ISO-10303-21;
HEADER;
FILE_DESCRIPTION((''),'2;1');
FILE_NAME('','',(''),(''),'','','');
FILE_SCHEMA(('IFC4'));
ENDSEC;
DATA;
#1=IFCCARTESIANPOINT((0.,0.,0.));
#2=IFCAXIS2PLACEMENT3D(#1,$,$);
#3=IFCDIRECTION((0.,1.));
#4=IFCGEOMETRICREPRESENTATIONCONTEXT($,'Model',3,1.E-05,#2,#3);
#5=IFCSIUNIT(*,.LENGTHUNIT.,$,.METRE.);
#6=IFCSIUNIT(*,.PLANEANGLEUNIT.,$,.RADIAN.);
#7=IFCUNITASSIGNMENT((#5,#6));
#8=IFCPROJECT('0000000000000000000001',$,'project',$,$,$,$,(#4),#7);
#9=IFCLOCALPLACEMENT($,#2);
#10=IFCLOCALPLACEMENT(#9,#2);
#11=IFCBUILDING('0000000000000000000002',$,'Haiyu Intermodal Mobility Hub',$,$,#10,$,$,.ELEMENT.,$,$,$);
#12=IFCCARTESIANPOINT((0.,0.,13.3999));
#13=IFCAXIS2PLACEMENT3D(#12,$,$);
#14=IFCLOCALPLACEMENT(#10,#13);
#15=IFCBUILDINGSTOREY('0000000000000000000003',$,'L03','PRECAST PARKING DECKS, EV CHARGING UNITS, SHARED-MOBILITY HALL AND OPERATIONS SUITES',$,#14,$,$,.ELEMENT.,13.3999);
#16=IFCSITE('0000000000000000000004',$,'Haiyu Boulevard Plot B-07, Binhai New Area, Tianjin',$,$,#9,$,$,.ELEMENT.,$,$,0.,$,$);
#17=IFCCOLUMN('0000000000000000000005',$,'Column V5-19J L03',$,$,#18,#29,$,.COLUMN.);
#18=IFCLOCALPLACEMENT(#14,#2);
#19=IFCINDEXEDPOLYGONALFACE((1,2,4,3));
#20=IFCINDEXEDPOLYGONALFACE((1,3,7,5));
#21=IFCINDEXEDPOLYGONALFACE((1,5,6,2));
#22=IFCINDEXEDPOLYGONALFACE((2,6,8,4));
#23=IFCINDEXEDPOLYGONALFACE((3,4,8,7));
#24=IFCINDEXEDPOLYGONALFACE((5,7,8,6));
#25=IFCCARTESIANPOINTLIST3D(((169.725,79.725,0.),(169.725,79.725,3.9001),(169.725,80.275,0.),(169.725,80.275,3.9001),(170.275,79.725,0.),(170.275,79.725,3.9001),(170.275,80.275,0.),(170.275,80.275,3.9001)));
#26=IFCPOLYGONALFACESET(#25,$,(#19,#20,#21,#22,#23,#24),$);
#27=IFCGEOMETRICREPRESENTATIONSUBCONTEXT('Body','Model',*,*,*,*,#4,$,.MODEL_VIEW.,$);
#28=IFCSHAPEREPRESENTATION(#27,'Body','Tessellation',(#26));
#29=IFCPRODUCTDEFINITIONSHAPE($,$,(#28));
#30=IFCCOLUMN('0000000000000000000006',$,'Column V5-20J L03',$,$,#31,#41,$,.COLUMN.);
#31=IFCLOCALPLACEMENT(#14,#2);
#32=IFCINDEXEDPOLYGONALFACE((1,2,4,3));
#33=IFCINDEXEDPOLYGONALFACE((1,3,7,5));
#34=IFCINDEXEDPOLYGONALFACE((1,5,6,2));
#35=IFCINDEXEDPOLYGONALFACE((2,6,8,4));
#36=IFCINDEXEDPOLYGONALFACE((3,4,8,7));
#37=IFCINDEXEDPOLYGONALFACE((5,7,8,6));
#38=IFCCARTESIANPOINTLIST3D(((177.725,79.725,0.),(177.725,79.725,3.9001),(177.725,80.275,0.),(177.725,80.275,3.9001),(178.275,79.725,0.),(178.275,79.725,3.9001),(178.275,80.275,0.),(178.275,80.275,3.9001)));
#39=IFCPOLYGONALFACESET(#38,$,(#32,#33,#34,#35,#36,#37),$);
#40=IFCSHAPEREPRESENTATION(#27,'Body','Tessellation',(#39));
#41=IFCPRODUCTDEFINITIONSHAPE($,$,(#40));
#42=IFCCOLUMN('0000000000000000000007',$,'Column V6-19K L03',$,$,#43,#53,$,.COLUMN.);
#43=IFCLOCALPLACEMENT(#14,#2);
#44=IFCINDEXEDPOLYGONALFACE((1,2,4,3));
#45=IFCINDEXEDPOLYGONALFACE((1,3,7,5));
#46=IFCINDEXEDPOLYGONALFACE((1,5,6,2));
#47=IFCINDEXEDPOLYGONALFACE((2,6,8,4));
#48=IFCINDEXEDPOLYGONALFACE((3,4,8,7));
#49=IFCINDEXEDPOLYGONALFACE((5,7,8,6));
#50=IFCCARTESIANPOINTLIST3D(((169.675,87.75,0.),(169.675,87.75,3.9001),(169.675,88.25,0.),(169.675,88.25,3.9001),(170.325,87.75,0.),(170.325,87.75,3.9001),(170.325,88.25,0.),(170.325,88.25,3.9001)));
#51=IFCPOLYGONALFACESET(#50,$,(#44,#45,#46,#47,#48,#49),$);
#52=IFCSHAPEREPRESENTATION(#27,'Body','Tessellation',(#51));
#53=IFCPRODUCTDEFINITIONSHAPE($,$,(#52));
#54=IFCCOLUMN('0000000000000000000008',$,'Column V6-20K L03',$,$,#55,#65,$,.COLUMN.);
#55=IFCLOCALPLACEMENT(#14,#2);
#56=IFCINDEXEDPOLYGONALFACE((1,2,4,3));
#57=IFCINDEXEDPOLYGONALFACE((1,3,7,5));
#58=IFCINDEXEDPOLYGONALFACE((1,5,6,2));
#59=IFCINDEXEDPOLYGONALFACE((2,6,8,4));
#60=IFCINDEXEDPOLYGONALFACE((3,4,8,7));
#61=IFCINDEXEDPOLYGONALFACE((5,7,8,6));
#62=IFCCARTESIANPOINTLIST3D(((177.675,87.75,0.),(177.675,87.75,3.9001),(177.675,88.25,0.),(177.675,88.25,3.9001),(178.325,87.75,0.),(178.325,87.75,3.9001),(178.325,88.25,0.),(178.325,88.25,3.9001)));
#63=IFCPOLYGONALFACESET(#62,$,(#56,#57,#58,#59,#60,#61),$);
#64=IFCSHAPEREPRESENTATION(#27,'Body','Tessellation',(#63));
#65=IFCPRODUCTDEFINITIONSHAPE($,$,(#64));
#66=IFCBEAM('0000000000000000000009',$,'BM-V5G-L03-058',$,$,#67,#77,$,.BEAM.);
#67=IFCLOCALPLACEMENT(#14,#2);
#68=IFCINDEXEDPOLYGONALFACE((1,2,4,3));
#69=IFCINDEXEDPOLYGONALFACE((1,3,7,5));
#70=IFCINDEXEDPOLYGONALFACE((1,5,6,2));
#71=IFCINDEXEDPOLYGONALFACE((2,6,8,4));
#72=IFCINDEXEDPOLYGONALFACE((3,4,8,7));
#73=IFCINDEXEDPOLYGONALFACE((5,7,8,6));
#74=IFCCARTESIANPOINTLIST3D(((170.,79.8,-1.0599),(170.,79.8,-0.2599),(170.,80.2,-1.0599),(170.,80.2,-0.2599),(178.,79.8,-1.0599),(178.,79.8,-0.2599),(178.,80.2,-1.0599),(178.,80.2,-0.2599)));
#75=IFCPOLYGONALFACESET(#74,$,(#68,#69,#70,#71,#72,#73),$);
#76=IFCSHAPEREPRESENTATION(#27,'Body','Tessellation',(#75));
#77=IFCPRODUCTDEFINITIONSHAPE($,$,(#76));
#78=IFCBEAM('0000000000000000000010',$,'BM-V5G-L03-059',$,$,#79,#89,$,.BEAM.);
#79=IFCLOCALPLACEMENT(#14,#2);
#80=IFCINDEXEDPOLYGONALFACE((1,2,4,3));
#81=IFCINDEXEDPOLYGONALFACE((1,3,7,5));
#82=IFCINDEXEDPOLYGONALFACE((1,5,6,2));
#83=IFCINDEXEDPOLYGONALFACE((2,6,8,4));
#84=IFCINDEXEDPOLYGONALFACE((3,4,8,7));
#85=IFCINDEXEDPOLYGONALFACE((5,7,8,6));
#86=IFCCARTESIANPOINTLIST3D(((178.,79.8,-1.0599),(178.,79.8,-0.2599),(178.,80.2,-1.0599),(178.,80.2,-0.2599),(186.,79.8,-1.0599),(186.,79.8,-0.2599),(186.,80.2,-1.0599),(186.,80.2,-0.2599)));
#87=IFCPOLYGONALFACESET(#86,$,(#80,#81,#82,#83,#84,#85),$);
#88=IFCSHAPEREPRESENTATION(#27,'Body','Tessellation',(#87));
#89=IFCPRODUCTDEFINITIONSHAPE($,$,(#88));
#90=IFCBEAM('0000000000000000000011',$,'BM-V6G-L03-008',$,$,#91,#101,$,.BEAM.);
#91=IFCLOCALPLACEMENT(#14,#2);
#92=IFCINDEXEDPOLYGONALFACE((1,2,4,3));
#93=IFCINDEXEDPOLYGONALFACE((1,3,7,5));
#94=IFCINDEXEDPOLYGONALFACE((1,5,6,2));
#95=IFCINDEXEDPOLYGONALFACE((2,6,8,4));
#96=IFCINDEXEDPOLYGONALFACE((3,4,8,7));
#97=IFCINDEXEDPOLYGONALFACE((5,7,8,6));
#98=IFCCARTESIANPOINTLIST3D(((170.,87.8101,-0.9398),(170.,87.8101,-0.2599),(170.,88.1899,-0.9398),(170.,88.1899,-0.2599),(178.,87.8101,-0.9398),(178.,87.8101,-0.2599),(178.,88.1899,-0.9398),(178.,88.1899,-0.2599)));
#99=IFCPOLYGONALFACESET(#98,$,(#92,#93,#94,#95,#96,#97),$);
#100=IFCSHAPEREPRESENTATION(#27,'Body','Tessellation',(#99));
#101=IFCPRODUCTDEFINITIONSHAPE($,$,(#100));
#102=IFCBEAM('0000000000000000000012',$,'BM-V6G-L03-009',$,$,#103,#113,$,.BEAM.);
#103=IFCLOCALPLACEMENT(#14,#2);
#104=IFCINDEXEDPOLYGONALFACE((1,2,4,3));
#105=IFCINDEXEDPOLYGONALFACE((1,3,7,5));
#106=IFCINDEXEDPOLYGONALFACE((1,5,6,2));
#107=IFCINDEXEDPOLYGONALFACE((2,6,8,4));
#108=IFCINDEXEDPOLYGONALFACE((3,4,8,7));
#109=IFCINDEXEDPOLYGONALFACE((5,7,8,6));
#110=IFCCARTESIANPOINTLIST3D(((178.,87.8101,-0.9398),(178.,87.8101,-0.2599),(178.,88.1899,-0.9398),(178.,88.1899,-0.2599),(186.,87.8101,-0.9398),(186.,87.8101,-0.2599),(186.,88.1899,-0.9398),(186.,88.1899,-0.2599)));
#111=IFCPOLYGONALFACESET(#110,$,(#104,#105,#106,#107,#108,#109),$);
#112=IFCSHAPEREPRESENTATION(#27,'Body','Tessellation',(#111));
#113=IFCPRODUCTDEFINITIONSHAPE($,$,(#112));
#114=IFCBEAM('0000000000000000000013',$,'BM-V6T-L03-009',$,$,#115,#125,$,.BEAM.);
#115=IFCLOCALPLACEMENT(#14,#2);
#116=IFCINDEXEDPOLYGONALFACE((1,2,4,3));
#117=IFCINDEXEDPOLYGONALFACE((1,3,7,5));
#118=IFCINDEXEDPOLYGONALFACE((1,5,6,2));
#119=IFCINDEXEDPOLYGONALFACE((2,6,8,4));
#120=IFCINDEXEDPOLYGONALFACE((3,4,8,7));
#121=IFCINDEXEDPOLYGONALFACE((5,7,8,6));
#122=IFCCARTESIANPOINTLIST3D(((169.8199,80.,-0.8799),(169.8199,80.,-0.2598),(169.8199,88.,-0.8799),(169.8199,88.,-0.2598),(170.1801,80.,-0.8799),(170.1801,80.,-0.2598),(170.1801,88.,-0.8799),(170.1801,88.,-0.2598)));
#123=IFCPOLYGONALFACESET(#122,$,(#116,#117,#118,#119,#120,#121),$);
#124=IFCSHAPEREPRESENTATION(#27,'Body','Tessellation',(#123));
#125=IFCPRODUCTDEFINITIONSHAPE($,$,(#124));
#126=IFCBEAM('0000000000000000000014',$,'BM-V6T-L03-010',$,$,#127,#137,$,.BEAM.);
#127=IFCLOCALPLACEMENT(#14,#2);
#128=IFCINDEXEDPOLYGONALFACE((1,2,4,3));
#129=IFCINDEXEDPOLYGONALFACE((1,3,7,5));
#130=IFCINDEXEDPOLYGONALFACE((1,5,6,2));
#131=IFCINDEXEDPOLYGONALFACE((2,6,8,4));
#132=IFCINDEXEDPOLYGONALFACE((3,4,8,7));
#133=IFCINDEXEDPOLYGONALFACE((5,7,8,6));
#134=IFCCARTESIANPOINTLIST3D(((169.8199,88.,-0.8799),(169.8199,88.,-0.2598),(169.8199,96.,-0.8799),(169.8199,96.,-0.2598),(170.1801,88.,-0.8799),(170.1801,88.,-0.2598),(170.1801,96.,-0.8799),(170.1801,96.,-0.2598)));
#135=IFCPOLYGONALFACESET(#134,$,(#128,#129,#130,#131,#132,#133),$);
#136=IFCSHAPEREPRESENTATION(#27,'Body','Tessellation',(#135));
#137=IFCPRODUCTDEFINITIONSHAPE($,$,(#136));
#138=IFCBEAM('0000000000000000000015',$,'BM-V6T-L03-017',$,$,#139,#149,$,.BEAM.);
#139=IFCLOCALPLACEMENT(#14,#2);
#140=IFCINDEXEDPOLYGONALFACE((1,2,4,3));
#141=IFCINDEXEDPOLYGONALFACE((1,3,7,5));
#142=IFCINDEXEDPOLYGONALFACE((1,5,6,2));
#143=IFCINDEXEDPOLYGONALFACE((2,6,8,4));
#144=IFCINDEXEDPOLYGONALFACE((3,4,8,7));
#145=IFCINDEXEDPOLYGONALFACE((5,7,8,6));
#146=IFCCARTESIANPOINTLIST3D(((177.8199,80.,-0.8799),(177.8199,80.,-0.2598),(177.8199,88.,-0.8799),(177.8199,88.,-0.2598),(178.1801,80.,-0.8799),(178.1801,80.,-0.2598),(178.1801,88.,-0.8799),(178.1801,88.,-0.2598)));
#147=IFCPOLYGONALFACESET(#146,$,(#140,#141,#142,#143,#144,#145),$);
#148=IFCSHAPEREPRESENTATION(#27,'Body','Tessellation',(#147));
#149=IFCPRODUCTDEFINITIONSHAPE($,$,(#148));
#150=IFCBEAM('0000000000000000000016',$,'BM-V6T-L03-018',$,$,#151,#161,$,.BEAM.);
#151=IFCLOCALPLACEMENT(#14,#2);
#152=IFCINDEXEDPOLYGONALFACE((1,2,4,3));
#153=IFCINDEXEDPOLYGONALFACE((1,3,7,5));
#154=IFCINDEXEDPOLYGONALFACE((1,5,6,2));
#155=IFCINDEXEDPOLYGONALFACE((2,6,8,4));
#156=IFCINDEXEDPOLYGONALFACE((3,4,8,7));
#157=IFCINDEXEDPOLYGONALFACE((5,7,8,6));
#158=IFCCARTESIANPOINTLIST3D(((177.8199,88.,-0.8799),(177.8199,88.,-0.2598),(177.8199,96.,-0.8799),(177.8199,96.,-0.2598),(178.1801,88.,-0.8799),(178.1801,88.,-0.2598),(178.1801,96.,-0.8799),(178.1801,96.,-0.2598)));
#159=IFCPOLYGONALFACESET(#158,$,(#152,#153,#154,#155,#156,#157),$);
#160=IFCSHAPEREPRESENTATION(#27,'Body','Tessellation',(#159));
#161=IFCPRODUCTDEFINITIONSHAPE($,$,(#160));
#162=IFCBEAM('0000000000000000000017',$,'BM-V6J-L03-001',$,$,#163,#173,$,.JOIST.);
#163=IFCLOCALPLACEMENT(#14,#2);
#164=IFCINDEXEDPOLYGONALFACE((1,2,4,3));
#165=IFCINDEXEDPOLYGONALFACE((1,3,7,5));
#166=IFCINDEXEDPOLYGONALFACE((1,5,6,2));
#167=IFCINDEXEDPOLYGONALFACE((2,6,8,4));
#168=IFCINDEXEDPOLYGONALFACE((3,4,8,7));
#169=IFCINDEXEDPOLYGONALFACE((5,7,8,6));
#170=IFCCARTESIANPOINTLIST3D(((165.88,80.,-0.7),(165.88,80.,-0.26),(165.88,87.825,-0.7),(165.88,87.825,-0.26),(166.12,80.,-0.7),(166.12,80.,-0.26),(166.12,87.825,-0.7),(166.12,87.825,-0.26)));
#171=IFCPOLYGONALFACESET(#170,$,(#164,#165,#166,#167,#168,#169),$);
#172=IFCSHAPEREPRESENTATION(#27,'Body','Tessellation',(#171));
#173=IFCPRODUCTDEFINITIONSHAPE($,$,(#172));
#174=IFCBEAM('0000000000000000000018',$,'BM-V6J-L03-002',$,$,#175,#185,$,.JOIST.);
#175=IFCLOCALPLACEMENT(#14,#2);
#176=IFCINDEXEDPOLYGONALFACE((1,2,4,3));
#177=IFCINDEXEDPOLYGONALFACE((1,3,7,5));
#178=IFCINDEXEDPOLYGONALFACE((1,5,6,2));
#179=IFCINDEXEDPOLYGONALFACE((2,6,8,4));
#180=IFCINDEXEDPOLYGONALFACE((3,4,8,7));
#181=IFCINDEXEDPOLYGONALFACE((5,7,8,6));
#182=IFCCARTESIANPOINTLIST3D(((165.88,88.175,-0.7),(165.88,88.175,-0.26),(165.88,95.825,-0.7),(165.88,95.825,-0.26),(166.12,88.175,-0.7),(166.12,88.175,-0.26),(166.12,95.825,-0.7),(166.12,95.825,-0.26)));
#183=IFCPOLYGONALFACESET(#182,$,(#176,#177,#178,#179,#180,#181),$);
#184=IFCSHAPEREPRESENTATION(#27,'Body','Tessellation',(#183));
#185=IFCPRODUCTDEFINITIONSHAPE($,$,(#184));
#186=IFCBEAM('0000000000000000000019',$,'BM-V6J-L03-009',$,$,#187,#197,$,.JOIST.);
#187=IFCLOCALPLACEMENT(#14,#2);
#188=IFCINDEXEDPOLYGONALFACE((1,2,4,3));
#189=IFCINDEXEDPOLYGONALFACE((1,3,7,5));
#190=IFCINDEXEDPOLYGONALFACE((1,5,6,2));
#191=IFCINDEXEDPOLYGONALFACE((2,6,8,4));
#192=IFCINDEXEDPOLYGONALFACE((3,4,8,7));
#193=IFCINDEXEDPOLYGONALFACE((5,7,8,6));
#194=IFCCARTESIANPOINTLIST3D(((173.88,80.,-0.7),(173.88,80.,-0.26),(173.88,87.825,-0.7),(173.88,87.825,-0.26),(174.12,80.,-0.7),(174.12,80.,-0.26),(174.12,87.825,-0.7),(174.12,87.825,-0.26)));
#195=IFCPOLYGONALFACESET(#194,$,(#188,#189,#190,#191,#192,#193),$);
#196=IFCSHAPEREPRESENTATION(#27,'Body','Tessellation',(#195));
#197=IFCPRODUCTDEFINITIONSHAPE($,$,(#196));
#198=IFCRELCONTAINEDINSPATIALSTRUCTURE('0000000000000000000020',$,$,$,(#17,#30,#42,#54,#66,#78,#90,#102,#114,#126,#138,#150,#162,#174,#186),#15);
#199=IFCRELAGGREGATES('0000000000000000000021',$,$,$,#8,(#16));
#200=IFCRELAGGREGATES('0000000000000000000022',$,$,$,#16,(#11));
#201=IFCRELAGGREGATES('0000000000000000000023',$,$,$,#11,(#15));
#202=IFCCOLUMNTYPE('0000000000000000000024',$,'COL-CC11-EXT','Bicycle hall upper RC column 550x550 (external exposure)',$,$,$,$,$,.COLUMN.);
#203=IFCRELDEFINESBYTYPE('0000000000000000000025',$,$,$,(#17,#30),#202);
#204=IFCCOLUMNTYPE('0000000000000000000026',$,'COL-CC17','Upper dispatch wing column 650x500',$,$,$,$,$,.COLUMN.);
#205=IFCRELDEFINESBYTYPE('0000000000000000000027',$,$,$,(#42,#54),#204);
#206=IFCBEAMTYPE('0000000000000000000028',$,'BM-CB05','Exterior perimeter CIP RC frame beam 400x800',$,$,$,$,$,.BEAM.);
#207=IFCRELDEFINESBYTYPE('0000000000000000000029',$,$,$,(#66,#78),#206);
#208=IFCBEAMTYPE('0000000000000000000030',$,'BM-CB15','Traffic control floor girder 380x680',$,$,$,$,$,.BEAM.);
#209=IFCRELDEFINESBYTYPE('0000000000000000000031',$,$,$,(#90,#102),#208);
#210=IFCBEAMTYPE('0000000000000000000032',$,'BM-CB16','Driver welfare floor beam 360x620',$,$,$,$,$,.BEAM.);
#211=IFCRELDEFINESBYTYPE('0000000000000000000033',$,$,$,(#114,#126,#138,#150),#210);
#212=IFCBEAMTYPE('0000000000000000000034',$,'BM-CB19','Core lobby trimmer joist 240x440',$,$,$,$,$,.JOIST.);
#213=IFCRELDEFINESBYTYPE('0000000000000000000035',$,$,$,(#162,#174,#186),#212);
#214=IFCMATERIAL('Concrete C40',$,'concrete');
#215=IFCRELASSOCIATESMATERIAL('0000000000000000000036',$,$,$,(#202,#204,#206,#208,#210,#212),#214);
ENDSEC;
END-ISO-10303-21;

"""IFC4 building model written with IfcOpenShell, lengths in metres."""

from ifc_helpers import new_model, si_unit, direction, frame, origin, origin_2d, place, context, subcontext, project, spatial, rectangle, extrude, material, material_profile, profile_set, type_object, element, save


model = new_model("IFC4")

# Units and contexts
model_context = context("Model", 3, precision=1e-05, world=origin(), true_north=direction((0.0, 1.0)))
body_context = subcontext(model_context, "Body", "Model", "MODEL_VIEW")
ifc_project = project(units=[si_unit("LENGTHUNIT", "METRE"), si_unit("PLANEANGLEUNIT", "RADIAN")], contexts=[model_context])

# Site, building, storey
site_placement = place(None, origin())
site = spatial("IfcSite", under=ifc_project, at=site_placement, Name="Haiyu Boulevard Plot B-07, Binhai New Area, Tianjin", CompositionType="ELEMENT", RefElevation=0.0)
building_placement = place(site_placement, origin())
building = spatial("IfcBuilding", under=site, at=building_placement, Name="Haiyu Intermodal Mobility Hub", CompositionType="ELEMENT")
storey_placement = place(building_placement, frame((0.0, 0.0, 13.3999)))
storey = spatial("IfcBuildingStorey", under=building, at=storey_placement, Name="L03", Description="PRECAST PARKING DECKS, EV CHARGING UNITS, SHARED-MOBILITY HALL AND OPERATIONS SUITES", CompositionType="ELEMENT", Elevation=13.3999)

# Columns
ifc_material_1 = material(Name="Concrete C40", Category="concrete")
ifc_material_profile_1 = material_profile(ifc_material_1, rectangle(XDim=0.55, YDim=0.55, at=origin_2d()), Name="RC550x550")
ifc_profile_set_1 = profile_set([ifc_material_profile_1], Name="Concrete C40")
column_type_1 = type_object("IfcColumnType", Name="COL-CC11-EXT", Description="Bicycle hall upper RC column 550x550 (external exposure)", PredefinedType="COLUMN", material=ifc_profile_set_1)
for number, where, z_axis, x_axis, name in (
    (1, (170.0, 80.0, 0.0), (0.0, 0.0, 1.0), (1.0, 0.0, 0.0), "Column V5-19J L03"),
    (2, (178.0, 80.0, 0.0), (0.0, 0.0, 1.0), (1.0, 0.0, 0.0), "Column V5-20J L03"),
):
    element("IfcColumn", number, at=place(storey_placement, frame(where, z_axis=z_axis, x_axis=x_axis)), inside=storey, type_object=column_type_1, Name=name, PredefinedType="COLUMN", context=body_context, shape_type="SweptSolid", body=[
        extrude(rectangle(XDim=0.55, YDim=0.55, at=origin_2d()), origin(), (0.0, 0.0, 1.0), 3.9001),
    ])
ifc_material_profile_2 = material_profile(ifc_material_1, rectangle(XDim=0.6499, YDim=0.5, at=origin_2d()), Name="C650x500")
ifc_profile_set_2 = profile_set([ifc_material_profile_2], Name="Concrete C40")
column_type_2 = type_object("IfcColumnType", Name="COL-CC17", Description="Upper dispatch wing column 650x500", PredefinedType="COLUMN", material=ifc_profile_set_2)
for number, where, z_axis, x_axis, name in (
    (3, (170.0, 88.0, 0.0), (0.0, 0.0, 1.0), (1.0, 0.0, 0.0), "Column V6-19K L03"),
    (4, (178.0, 88.0, 0.0), (0.0, 0.0, 1.0), (1.0, 0.0, 0.0), "Column V6-20K L03"),
):
    element("IfcColumn", number, at=place(storey_placement, frame(where, z_axis=z_axis, x_axis=x_axis)), inside=storey, type_object=column_type_2, Name=name, PredefinedType="COLUMN", context=body_context, shape_type="SweptSolid", body=[
        extrude(rectangle(XDim=0.6499, YDim=0.5, at=origin_2d()), origin(), (0.0, 0.0, 1.0), 3.9001),
    ])

# Beams
ifc_material_profile_3 = material_profile(ifc_material_1, rectangle(XDim=0.3999, YDim=0.8, at=origin_2d()), Name="RCB400x800")
ifc_profile_set_3 = profile_set([ifc_material_profile_3], Name="Concrete C40")
beam_type_1 = type_object("IfcBeamType", Name="BM-CB05", Description="Exterior perimeter CIP RC frame beam 400x800", PredefinedType="BEAM", material=ifc_profile_set_3)
for number, where, z_axis, x_axis, name in (
    (5, (170.0, 80.0, -0.6599), (1.0, 0.0, 0.0), (0.0, 1.0, 0.0), "BM-V5G-L03-058"),
    (6, (178.0, 80.0, -0.6599), (1.0, 0.0, 0.0), (0.0, 1.0, 0.0), "BM-V5G-L03-059"),
):
    element("IfcBeam", number, at=place(storey_placement, frame(where, z_axis=z_axis, x_axis=x_axis)), inside=storey, type_object=beam_type_1, Name=name, PredefinedType="BEAM", context=body_context, shape_type="SweptSolid", body=[
        extrude(rectangle(XDim=0.3999, YDim=0.8, at=origin_2d()), origin(), (0.0, 0.0, 1.0), 8.0),
    ])
ifc_material_profile_4 = material_profile(ifc_material_1, rectangle(XDim=0.3799, YDim=0.6799, at=origin_2d()), Name="B380x680")
ifc_profile_set_4 = profile_set([ifc_material_profile_4], Name="Concrete C40")
beam_type_2 = type_object("IfcBeamType", Name="BM-CB15", Description="Traffic control floor girder 380x680", PredefinedType="BEAM", material=ifc_profile_set_4)
for number, where, z_axis, x_axis, name in (
    (7, (170.0, 88.0, -0.5999), (1.0, 0.0, 0.0), (0.0, 1.0, 0.0), "BM-V6G-L03-008"),
    (8, (178.0, 88.0, -0.5999), (1.0, 0.0, 0.0), (0.0, 1.0, 0.0), "BM-V6G-L03-009"),
):
    element("IfcBeam", number, at=place(storey_placement, frame(where, z_axis=z_axis, x_axis=x_axis)), inside=storey, type_object=beam_type_2, Name=name, PredefinedType="BEAM", context=body_context, shape_type="SweptSolid", body=[
        extrude(rectangle(XDim=0.3799, YDim=0.6799, at=origin_2d()), origin(), (0.0, 0.0, 1.0), 8.0),
    ])
ifc_material_profile_5 = material_profile(ifc_material_1, rectangle(XDim=0.3601, YDim=0.6201, at=origin_2d()), Name="B360x620")
ifc_profile_set_5 = profile_set([ifc_material_profile_5], Name="Concrete C40")
beam_type_3 = type_object("IfcBeamType", Name="BM-CB16", Description="Driver welfare floor beam 360x620", PredefinedType="BEAM", material=ifc_profile_set_5)
for number, where, z_axis, x_axis, name in (
    (9, (170.0, 80.0, -0.5698), (0.0, 1.0, 0.0), (-1.0, 0.0, 0.0), "BM-V6T-L03-009"),
    (10, (170.0, 88.0, -0.5698), (0.0, 1.0, 0.0), (-1.0, 0.0, 0.0), "BM-V6T-L03-010"),
    (11, (178.0, 80.0, -0.5698), (0.0, 1.0, 0.0), (-1.0, 0.0, 0.0), "BM-V6T-L03-017"),
    (12, (178.0, 88.0, -0.5698), (0.0, 1.0, 0.0), (-1.0, 0.0, 0.0), "BM-V6T-L03-018"),
):
    element("IfcBeam", number, at=place(storey_placement, frame(where, z_axis=z_axis, x_axis=x_axis)), inside=storey, type_object=beam_type_3, Name=name, PredefinedType="BEAM", context=body_context, shape_type="SweptSolid", body=[
        extrude(rectangle(XDim=0.3601, YDim=0.6201, at=origin_2d()), origin(), (0.0, 0.0, 1.0), 8.0),
    ])
ifc_material_profile_6 = material_profile(ifc_material_1, rectangle(XDim=0.24, YDim=0.4399, at=origin_2d()), Name="B240x440")
ifc_profile_set_6 = profile_set([ifc_material_profile_6], Name="Concrete C40")
beam_type_4 = type_object("IfcBeamType", Name="BM-CB19", Description="Core lobby trimmer joist 240x440", PredefinedType="JOIST", material=ifc_profile_set_6)
beam_1_placement = place(storey_placement, frame((166.0, 80.0, -0.48), z_axis=(0.0, 1.0, 0.0), x_axis=(-1.0, 0.0, 0.0)))
element("IfcBeam", 13, at=beam_1_placement, inside=storey, type_object=beam_type_4, Name="BM-V6J-L03-001", PredefinedType="JOIST", context=body_context, shape_type="SweptSolid", body=[
    extrude(rectangle(XDim=0.24, YDim=0.4399, at=origin_2d()), origin(), (0.0, 0.0, 1.0), 7.825),
])
beam_2_placement = place(storey_placement, frame((166.0, 88.175, -0.48), z_axis=(0.0, 1.0, 0.0), x_axis=(-1.0, 0.0, 0.0)))
element("IfcBeam", 14, at=beam_2_placement, inside=storey, type_object=beam_type_4, Name="BM-V6J-L03-002", PredefinedType="JOIST", context=body_context, shape_type="SweptSolid", body=[
    extrude(rectangle(XDim=0.24, YDim=0.4399, at=origin_2d()), origin(), (0.0, 0.0, 1.0), 7.6499),
])
beam_3_placement = place(storey_placement, frame((174.0, 80.0, -0.48), z_axis=(0.0, 1.0, 0.0), x_axis=(-1.0, 0.0, 0.0)))
element("IfcBeam", 15, at=beam_3_placement, inside=storey, type_object=beam_type_4, Name="BM-V6J-L03-009", PredefinedType="JOIST", context=body_context, shape_type="SweptSolid", body=[
    extrude(rectangle(XDim=0.24, YDim=0.4399, at=origin_2d()), origin(), (0.0, 0.0, 1.0), 7.825),
])

save(model, "model.ifc")
